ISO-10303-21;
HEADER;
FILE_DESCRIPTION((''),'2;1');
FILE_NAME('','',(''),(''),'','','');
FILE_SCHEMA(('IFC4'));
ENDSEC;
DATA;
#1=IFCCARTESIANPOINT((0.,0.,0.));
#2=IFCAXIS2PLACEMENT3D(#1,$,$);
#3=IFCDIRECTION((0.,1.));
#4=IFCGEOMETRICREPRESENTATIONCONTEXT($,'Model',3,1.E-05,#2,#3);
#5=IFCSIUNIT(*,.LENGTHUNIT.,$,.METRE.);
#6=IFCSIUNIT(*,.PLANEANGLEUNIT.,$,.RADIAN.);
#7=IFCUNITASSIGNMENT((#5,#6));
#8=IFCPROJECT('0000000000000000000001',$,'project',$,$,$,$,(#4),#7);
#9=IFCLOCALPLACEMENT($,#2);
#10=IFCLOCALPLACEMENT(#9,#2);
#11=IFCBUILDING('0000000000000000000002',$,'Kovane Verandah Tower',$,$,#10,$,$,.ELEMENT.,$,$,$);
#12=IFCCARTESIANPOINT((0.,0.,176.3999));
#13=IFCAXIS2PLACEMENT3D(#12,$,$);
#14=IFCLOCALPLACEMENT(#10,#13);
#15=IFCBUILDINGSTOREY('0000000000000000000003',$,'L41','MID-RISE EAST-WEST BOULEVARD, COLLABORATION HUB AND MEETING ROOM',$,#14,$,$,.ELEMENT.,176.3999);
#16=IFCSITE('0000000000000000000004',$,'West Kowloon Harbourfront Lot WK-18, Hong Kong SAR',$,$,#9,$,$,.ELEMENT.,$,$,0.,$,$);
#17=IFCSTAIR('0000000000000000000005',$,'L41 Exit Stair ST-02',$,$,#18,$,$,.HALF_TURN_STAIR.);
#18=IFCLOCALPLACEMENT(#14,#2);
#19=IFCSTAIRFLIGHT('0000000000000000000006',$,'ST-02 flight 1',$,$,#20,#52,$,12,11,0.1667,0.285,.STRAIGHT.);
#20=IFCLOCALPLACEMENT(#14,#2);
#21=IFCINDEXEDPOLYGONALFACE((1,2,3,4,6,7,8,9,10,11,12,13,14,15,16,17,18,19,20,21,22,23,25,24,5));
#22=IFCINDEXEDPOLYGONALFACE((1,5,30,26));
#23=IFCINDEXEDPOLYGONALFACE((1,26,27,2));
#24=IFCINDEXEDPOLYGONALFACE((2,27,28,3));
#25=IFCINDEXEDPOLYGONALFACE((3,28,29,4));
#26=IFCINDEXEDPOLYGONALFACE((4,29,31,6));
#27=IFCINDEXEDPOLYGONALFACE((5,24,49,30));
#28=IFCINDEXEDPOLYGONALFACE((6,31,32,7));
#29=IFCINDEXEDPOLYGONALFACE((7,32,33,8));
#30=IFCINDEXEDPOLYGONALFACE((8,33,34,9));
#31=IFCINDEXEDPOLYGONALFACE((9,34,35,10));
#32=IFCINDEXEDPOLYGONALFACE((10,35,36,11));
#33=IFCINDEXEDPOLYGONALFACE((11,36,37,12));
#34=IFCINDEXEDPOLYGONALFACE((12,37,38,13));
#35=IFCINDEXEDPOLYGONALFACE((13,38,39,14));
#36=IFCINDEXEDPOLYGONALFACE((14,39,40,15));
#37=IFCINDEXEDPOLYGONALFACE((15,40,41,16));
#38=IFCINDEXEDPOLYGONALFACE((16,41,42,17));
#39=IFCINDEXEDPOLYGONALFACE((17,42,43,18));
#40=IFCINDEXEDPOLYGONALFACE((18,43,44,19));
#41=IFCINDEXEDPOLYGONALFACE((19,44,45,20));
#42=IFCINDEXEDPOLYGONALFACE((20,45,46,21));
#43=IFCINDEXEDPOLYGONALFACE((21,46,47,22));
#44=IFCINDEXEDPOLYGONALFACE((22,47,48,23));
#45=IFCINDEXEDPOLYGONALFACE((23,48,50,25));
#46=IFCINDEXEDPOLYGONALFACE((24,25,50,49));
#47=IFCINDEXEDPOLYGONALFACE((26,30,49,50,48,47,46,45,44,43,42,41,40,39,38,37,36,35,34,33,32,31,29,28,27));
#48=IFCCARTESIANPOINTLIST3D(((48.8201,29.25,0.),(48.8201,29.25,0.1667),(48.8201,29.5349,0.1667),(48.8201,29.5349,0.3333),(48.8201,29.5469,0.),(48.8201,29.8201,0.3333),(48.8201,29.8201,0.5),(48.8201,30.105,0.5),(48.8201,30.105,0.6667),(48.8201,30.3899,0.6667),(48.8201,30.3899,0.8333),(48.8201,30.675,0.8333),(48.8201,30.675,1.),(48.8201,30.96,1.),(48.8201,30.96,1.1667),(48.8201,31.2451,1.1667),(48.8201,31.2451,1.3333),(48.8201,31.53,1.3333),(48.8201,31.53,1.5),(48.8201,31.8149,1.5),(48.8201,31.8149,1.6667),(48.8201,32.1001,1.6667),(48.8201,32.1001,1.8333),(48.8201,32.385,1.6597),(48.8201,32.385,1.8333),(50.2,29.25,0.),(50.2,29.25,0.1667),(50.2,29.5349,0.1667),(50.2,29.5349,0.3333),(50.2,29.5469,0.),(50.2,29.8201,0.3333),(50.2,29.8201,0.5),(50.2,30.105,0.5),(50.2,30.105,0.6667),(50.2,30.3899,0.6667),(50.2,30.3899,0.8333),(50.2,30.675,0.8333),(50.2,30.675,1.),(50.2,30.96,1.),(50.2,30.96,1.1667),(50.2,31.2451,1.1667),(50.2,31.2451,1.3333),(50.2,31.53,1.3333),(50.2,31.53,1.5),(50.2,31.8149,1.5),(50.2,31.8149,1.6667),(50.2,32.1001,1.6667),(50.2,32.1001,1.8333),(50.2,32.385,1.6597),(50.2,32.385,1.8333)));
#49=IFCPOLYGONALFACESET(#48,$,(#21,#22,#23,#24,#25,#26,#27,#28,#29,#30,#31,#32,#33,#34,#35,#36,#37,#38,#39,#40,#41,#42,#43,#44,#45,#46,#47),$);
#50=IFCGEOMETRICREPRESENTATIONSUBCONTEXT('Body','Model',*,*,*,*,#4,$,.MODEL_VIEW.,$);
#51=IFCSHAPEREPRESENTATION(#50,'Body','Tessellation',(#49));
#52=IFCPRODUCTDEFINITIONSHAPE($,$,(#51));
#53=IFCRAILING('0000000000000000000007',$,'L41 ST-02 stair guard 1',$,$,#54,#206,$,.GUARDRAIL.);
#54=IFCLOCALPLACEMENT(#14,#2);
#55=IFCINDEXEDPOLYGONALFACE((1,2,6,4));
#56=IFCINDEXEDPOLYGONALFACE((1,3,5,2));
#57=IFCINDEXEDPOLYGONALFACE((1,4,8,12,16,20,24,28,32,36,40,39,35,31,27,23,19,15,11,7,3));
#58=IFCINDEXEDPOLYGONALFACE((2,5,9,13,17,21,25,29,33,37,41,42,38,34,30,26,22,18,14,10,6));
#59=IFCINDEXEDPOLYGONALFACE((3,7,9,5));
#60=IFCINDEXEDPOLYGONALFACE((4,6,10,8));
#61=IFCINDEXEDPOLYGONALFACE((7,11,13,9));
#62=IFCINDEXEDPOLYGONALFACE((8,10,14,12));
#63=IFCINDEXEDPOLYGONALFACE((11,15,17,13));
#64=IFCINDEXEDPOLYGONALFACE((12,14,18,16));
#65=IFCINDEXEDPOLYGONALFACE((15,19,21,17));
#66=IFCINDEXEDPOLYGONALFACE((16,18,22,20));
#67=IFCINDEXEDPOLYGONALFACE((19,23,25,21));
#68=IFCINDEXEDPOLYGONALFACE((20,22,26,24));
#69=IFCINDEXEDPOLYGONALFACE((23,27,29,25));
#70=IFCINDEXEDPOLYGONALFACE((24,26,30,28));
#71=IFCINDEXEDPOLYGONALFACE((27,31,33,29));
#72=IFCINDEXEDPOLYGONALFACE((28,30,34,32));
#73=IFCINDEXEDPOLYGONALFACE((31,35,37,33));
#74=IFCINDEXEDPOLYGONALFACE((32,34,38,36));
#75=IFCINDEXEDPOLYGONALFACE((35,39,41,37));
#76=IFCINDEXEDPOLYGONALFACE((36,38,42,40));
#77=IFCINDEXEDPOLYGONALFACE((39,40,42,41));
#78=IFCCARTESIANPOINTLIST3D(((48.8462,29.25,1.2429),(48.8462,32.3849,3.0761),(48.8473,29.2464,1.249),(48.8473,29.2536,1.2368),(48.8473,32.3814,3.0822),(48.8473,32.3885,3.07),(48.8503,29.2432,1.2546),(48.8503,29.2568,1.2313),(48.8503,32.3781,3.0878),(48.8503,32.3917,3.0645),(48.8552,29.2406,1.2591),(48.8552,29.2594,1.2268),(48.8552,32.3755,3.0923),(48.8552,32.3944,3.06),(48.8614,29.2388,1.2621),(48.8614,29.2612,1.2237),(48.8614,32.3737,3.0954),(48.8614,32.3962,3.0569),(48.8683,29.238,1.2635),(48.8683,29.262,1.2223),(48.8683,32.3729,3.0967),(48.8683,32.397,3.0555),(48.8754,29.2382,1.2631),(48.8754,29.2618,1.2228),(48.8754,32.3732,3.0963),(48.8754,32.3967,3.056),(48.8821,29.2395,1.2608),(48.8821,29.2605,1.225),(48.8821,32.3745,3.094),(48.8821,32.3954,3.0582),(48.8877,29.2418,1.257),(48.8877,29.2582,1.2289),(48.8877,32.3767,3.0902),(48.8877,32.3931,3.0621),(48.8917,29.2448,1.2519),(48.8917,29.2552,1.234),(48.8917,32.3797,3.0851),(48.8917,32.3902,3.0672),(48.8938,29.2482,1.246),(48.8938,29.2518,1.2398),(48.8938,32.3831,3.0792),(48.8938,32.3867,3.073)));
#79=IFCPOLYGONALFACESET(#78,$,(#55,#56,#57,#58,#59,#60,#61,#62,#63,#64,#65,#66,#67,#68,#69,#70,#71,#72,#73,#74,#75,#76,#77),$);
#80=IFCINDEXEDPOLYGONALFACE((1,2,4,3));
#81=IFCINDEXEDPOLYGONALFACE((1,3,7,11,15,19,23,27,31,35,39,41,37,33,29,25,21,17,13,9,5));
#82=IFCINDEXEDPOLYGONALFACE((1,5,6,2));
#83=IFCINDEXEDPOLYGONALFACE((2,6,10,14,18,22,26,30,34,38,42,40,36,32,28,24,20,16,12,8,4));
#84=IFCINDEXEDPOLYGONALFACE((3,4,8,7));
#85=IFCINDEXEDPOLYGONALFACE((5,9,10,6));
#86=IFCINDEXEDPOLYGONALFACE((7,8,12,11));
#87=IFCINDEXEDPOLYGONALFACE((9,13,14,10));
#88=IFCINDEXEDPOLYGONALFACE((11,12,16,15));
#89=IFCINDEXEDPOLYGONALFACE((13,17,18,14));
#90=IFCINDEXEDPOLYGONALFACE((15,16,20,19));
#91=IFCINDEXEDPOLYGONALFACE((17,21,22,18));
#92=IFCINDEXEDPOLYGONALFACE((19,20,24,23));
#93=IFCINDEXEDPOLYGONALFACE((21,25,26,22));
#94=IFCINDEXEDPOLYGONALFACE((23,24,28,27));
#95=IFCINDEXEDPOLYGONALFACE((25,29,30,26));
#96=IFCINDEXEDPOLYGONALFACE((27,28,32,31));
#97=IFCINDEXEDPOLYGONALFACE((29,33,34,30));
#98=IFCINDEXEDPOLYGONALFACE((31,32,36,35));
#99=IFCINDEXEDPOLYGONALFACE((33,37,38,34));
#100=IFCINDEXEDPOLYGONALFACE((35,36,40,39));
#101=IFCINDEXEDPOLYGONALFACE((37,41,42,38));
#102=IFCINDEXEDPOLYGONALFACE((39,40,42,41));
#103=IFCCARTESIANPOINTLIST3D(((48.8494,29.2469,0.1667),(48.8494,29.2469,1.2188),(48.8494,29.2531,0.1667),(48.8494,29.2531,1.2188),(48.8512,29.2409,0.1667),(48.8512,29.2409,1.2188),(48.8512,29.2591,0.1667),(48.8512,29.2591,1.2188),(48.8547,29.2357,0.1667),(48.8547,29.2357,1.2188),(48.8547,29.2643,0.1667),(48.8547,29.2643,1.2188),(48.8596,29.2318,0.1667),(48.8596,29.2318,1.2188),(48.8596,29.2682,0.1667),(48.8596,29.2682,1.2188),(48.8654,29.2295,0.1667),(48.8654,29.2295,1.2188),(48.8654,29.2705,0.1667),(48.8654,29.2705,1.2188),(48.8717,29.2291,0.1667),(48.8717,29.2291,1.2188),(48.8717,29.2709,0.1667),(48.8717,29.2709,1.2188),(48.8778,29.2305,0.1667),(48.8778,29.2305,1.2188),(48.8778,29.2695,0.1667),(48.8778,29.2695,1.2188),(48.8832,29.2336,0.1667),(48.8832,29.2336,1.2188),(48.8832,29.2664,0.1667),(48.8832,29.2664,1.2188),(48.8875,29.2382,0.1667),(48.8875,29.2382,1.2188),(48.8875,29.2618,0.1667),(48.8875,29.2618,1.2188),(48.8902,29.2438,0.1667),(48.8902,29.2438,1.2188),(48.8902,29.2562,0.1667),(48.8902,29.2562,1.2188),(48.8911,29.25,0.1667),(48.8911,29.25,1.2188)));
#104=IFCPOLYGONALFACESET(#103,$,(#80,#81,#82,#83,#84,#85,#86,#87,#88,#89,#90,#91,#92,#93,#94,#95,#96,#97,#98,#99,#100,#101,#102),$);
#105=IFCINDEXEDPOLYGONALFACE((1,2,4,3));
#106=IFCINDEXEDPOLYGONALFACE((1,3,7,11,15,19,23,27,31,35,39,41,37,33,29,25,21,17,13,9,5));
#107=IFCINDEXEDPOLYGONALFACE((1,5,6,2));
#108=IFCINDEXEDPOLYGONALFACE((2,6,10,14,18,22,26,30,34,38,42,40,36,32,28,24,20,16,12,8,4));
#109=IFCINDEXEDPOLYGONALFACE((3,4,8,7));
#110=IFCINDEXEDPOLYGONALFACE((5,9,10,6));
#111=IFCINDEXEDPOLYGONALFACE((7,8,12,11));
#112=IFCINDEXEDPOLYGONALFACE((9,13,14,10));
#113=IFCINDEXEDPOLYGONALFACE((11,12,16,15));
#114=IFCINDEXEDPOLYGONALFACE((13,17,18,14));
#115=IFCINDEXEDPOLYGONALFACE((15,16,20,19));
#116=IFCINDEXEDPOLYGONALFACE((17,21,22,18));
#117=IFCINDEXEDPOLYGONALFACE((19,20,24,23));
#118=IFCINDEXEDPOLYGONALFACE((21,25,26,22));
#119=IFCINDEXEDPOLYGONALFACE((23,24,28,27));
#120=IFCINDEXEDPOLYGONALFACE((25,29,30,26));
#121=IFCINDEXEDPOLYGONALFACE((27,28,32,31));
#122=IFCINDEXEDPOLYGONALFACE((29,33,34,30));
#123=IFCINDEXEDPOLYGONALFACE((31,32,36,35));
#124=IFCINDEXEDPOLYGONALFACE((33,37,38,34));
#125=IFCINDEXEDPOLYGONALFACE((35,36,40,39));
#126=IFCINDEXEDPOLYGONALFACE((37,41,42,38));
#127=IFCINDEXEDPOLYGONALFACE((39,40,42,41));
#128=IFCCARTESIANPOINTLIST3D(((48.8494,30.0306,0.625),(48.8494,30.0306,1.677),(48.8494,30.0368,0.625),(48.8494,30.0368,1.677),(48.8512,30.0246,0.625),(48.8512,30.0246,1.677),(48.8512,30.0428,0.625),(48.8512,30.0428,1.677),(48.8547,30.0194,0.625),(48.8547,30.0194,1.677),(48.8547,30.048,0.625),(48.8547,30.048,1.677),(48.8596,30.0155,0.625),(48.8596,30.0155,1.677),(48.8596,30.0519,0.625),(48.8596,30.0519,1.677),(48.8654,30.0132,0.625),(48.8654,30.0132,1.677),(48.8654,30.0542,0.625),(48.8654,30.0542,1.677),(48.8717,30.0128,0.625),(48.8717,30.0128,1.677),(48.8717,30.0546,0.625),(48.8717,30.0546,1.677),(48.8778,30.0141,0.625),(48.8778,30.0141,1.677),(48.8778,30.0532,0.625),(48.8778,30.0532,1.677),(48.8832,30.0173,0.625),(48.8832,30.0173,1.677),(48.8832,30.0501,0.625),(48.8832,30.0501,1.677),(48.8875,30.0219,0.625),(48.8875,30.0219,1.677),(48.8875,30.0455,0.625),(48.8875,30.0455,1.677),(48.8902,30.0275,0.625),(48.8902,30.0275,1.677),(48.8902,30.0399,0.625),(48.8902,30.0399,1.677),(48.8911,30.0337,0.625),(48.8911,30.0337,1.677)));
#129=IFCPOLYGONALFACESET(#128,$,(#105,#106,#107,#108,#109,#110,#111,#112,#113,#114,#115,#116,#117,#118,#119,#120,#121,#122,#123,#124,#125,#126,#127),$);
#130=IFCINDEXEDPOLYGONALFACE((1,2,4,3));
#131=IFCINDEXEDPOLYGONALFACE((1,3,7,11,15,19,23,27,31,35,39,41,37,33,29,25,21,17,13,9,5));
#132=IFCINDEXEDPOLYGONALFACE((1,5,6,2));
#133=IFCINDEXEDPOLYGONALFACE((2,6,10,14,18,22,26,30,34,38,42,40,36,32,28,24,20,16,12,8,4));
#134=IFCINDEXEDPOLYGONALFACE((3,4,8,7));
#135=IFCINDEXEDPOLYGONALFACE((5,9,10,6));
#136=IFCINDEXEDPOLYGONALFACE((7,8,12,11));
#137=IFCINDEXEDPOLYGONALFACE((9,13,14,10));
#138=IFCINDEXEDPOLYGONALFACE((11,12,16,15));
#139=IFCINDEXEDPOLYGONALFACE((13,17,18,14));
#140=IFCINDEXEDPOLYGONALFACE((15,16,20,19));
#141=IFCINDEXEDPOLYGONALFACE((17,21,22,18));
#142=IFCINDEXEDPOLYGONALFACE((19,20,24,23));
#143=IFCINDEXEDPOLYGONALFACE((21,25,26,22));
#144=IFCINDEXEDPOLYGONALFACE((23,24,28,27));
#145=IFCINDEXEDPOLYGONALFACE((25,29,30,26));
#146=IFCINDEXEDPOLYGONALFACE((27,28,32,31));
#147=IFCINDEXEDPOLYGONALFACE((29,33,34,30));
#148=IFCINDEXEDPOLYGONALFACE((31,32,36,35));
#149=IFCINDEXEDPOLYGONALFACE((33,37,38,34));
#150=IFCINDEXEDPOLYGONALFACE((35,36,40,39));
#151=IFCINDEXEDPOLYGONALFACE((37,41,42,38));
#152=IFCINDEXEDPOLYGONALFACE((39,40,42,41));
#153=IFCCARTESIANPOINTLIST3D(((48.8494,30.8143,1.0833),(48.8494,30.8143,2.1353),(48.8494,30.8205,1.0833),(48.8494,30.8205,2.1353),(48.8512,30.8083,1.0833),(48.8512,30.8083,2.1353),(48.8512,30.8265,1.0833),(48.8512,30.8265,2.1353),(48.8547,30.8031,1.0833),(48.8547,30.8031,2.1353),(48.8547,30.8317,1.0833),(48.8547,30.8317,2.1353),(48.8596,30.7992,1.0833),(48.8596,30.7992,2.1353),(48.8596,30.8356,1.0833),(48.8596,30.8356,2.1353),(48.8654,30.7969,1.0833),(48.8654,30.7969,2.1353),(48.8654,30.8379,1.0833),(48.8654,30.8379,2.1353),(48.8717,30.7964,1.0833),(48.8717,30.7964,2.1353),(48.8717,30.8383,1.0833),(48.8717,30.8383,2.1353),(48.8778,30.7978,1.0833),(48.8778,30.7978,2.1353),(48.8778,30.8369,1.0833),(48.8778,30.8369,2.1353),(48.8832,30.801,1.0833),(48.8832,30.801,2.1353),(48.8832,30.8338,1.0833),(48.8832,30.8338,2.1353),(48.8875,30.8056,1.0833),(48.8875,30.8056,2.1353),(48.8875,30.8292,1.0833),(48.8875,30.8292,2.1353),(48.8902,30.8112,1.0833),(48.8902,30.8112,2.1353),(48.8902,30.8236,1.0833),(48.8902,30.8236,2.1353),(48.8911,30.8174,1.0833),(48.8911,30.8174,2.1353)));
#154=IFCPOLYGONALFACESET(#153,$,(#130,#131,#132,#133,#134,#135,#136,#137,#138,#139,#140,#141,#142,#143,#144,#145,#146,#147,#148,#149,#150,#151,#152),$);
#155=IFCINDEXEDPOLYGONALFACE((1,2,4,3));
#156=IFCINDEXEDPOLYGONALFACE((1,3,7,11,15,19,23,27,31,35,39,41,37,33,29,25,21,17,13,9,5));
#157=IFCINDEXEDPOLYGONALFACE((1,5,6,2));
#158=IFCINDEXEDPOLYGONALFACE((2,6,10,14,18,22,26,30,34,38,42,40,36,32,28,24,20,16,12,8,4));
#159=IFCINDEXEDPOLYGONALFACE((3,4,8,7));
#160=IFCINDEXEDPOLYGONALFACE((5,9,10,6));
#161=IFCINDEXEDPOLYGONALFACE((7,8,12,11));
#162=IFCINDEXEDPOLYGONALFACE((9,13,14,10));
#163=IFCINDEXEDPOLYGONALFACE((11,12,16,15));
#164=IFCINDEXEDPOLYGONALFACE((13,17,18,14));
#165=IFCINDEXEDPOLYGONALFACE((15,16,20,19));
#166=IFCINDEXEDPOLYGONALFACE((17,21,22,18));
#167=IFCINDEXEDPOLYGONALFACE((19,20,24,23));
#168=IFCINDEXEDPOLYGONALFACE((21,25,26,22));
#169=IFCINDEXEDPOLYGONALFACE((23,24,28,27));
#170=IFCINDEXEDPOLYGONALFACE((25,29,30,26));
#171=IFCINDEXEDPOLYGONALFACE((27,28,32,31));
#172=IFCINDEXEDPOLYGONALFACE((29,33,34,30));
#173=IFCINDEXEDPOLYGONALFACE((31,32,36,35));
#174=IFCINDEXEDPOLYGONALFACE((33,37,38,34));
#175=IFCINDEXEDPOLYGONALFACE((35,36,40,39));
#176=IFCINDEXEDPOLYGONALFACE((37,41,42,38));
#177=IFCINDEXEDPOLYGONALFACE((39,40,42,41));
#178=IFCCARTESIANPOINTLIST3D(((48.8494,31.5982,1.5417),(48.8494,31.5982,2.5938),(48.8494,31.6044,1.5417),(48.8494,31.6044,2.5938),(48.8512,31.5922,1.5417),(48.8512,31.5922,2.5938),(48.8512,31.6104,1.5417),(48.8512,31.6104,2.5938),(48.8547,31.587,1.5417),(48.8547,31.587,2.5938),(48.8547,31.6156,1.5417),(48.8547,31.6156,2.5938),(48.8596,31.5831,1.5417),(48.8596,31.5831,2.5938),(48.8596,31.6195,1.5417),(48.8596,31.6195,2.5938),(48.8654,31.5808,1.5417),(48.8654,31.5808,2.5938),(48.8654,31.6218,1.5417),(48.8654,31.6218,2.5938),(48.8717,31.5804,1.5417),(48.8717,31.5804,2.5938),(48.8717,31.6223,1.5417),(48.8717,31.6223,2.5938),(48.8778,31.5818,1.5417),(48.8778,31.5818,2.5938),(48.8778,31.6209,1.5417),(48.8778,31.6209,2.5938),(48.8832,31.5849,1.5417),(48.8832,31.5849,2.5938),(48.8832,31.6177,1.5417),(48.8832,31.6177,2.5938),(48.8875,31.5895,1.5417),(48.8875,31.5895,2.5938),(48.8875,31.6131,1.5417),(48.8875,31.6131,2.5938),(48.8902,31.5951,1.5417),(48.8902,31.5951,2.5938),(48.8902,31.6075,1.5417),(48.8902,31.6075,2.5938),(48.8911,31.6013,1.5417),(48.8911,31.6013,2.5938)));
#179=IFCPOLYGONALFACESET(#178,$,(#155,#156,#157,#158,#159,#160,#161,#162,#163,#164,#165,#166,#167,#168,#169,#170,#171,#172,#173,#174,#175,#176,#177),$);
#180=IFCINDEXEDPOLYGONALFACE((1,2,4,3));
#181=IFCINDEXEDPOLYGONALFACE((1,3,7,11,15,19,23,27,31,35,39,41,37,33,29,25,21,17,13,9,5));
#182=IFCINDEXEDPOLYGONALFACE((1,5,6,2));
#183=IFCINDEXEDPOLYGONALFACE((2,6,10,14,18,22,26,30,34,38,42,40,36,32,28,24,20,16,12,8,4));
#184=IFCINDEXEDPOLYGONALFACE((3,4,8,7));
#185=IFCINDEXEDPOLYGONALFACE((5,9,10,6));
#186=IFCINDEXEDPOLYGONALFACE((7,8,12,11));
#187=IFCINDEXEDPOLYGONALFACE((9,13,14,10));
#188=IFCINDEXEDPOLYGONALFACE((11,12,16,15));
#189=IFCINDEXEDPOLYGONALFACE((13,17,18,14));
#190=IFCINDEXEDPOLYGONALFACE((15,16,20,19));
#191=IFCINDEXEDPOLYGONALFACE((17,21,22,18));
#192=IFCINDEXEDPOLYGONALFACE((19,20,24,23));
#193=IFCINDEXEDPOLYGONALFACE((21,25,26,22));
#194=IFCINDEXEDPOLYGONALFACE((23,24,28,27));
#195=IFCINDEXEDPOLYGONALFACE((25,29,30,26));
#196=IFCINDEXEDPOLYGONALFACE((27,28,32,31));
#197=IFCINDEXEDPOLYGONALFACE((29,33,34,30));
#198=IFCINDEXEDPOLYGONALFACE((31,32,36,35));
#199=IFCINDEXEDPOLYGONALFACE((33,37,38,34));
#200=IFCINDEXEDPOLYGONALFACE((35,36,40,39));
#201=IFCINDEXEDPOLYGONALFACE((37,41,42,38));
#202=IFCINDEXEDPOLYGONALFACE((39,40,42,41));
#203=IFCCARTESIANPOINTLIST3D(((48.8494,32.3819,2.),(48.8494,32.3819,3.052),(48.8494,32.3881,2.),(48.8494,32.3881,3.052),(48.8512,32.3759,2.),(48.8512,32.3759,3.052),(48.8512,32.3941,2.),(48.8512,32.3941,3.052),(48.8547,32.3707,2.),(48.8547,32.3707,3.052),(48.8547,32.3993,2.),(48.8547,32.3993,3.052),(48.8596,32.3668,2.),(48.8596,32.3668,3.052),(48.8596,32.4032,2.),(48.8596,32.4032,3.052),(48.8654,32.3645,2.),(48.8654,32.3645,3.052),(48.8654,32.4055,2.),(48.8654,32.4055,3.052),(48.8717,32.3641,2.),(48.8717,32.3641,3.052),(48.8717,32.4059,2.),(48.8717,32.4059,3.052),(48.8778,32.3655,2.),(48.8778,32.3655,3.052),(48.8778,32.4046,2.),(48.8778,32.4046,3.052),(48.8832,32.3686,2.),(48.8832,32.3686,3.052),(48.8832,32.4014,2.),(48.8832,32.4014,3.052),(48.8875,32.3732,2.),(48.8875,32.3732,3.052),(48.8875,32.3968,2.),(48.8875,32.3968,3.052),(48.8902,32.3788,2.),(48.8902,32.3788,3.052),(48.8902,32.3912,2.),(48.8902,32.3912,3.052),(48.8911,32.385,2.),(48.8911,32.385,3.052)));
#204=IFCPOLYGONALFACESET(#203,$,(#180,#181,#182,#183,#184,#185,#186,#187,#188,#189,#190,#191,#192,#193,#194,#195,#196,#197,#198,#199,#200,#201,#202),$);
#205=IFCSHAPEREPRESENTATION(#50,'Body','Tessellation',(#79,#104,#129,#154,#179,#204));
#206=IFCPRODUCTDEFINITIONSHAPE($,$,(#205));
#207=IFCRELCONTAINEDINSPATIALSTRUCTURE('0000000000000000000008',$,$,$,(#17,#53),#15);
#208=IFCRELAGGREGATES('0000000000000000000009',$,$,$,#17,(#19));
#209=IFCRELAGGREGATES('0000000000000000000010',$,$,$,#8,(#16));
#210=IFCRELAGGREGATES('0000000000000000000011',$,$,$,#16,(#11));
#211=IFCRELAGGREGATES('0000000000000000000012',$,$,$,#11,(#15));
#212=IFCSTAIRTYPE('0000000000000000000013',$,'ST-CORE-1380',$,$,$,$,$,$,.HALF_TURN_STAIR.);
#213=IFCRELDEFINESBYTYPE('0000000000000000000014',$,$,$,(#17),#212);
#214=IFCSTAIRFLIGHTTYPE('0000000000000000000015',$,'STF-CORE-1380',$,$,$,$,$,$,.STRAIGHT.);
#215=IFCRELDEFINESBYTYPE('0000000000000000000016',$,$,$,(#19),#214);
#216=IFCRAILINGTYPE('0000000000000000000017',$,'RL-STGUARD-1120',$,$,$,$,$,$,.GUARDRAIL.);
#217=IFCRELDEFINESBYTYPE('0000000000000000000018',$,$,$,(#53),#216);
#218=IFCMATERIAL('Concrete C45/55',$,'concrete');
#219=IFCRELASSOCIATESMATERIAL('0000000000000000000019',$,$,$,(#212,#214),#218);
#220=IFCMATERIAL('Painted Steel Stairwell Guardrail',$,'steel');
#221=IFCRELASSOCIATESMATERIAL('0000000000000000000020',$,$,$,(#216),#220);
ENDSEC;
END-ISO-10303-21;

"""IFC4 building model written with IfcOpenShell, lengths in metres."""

from ifc_helpers import new_model, si_unit, direction, frame, origin, origin_2d, place, context, subcontext, project, spatial, polyline, circle, outline, extrude, material, type_object, element, aggregate, save


model = new_model("IFC4")

# Units and contexts
model_context = context("Model", 3, precision=1e-05, world=origin(), true_north=direction((0.0, 1.0)))
body_context = subcontext(model_context, "Body", "Model", "MODEL_VIEW")
ifc_project = project(units=[si_unit("LENGTHUNIT", "METRE"), si_unit("PLANEANGLEUNIT", "RADIAN")], contexts=[model_context])

# Site, building, storey
site_placement = place(None, origin())
site = spatial("IfcSite", under=ifc_project, at=site_placement, Name="West Kowloon Harbourfront Lot WK-18, Hong Kong SAR", CompositionType="ELEMENT", RefElevation=0.0)
building_placement = place(site_placement, origin())
building = spatial("IfcBuilding", under=site, at=building_placement, Name="Kovane Verandah Tower", CompositionType="ELEMENT")
storey_placement = place(building_placement, frame((0.0, 0.0, 176.3999)))
storey = spatial("IfcBuildingStorey", under=building, at=storey_placement, Name="L41", Description="MID-RISE EAST-WEST BOULEVARD, COLLABORATION HUB AND MEETING ROOM", CompositionType="ELEMENT", Elevation=176.3999)

# Shared definitions
ifc_material_1 = material(Name="Concrete C45/55", Category="concrete")

# Stair, stair flight
stair_type = type_object("IfcStairType", Name="ST-CORE-1380", PredefinedType="HALF_TURN_STAIR", material=ifc_material_1)
stair_placement = place(storey_placement, origin())
stair = element("IfcStair", 1, at=stair_placement, inside=storey, type_object=stair_type, Name="L41 Exit Stair ST-02", PredefinedType="HALF_TURN_STAIR")
stair_flight_type = type_object("IfcStairFlightType", Name="STF-CORE-1380", PredefinedType="STRAIGHT", material=ifc_material_1)
stair_flight_placement = place(storey_placement, frame((49.51, 29.25, 0.0), z_axis=(0.0, 0.0, 1.0), x_axis=(0.0, 1.0, 0.0)))
stair_flight = element("IfcStairFlight", 2, at=stair_flight_placement, type_object=stair_flight_type, Name="ST-02 flight 1", NumberOfRisers=12, NumberOfTreads=11, PredefinedType="STRAIGHT", RiserHeight=0.1667, TreadLength=0.285, context=body_context, shape_type="SweptSolid", body=[
    extrude(outline(polyline([(0.0, 0.0), (0.0, 0.1667), (0.2849, 0.1667), (0.2849, 0.3333), (0.5701, 0.3333), (0.5701, 0.5), (0.855, 0.5), (0.855, 0.6667), (1.1399, 0.6667), (1.1399, 0.8333), (1.425, 0.8333), (1.425, 1.0), (1.71, 1.0), (1.71, 1.1667), (1.9951, 1.1667), (1.9951, 1.3333), (2.28, 1.3333), (2.28, 1.5), (2.5649, 1.5), (2.5649, 1.6667), (2.8501, 1.6667), (2.8501, 1.8333), (3.135, 1.8333), (3.135, 2.0), (3.135, 1.6597), (0.2969, 0.0), (0.0, 0.0)])), frame((0.0, 0.6899, 0.0), z_axis=(0.0, -1.0, 0.0), x_axis=(1.0, 0.0, 0.0)), (0.0, 0.0, 1.0), 1.3799),
])
aggregate(stair, [stair_flight])

# Railing
ifc_material_2 = material(Name="Painted Steel Stairwell Guardrail", Category="steel")
railing_type_1 = type_object("IfcRailingType", Name="RL-STGUARD-1120", PredefinedType="GUARDRAIL", material=ifc_material_2)
railing_1_placement = place(storey_placement, frame((48.8701, 29.25, 0.1667)))
element("IfcRailing", 3, at=railing_1_placement, inside=storey, type_object=railing_type_1, Name="L41 ST-02 stair guard 1", PredefinedType="GUARDRAIL", context=body_context, shape_type="SweptSolid", body=[
    extrude(circle(Radius=0.0239, at=origin_2d()), frame((0.0, 0.0, 1.0762), z_axis=(0.0, 0.86324, 0.504794), x_axis=(-1.0, 0.0, 0.0)), (0.0, 0.0, 1.0), 3.6316),
    extrude(circle(Radius=0.021, at=origin_2d()), origin(), (0.0, 0.0, 1.0), 1.052),
    extrude(circle(Radius=0.021, at=origin_2d()), frame((0.0, 0.7837, 0.4583)), (0.0, 0.0, 1.0), 1.052),
    extrude(circle(Radius=0.021, at=origin_2d()), frame((0.0, 1.5674, 0.9165)), (0.0, 0.0, 1.0), 1.052),
    extrude(circle(Radius=0.021, at=origin_2d()), frame((0.0, 2.3513, 1.375)), (0.0, 0.0, 1.0), 1.052),
    extrude(circle(Radius=0.021, at=origin_2d()), frame((0.0, 3.135, 1.8333)), (0.0, 0.0, 1.0), 1.052),
])

save(model, "model.ifc")
